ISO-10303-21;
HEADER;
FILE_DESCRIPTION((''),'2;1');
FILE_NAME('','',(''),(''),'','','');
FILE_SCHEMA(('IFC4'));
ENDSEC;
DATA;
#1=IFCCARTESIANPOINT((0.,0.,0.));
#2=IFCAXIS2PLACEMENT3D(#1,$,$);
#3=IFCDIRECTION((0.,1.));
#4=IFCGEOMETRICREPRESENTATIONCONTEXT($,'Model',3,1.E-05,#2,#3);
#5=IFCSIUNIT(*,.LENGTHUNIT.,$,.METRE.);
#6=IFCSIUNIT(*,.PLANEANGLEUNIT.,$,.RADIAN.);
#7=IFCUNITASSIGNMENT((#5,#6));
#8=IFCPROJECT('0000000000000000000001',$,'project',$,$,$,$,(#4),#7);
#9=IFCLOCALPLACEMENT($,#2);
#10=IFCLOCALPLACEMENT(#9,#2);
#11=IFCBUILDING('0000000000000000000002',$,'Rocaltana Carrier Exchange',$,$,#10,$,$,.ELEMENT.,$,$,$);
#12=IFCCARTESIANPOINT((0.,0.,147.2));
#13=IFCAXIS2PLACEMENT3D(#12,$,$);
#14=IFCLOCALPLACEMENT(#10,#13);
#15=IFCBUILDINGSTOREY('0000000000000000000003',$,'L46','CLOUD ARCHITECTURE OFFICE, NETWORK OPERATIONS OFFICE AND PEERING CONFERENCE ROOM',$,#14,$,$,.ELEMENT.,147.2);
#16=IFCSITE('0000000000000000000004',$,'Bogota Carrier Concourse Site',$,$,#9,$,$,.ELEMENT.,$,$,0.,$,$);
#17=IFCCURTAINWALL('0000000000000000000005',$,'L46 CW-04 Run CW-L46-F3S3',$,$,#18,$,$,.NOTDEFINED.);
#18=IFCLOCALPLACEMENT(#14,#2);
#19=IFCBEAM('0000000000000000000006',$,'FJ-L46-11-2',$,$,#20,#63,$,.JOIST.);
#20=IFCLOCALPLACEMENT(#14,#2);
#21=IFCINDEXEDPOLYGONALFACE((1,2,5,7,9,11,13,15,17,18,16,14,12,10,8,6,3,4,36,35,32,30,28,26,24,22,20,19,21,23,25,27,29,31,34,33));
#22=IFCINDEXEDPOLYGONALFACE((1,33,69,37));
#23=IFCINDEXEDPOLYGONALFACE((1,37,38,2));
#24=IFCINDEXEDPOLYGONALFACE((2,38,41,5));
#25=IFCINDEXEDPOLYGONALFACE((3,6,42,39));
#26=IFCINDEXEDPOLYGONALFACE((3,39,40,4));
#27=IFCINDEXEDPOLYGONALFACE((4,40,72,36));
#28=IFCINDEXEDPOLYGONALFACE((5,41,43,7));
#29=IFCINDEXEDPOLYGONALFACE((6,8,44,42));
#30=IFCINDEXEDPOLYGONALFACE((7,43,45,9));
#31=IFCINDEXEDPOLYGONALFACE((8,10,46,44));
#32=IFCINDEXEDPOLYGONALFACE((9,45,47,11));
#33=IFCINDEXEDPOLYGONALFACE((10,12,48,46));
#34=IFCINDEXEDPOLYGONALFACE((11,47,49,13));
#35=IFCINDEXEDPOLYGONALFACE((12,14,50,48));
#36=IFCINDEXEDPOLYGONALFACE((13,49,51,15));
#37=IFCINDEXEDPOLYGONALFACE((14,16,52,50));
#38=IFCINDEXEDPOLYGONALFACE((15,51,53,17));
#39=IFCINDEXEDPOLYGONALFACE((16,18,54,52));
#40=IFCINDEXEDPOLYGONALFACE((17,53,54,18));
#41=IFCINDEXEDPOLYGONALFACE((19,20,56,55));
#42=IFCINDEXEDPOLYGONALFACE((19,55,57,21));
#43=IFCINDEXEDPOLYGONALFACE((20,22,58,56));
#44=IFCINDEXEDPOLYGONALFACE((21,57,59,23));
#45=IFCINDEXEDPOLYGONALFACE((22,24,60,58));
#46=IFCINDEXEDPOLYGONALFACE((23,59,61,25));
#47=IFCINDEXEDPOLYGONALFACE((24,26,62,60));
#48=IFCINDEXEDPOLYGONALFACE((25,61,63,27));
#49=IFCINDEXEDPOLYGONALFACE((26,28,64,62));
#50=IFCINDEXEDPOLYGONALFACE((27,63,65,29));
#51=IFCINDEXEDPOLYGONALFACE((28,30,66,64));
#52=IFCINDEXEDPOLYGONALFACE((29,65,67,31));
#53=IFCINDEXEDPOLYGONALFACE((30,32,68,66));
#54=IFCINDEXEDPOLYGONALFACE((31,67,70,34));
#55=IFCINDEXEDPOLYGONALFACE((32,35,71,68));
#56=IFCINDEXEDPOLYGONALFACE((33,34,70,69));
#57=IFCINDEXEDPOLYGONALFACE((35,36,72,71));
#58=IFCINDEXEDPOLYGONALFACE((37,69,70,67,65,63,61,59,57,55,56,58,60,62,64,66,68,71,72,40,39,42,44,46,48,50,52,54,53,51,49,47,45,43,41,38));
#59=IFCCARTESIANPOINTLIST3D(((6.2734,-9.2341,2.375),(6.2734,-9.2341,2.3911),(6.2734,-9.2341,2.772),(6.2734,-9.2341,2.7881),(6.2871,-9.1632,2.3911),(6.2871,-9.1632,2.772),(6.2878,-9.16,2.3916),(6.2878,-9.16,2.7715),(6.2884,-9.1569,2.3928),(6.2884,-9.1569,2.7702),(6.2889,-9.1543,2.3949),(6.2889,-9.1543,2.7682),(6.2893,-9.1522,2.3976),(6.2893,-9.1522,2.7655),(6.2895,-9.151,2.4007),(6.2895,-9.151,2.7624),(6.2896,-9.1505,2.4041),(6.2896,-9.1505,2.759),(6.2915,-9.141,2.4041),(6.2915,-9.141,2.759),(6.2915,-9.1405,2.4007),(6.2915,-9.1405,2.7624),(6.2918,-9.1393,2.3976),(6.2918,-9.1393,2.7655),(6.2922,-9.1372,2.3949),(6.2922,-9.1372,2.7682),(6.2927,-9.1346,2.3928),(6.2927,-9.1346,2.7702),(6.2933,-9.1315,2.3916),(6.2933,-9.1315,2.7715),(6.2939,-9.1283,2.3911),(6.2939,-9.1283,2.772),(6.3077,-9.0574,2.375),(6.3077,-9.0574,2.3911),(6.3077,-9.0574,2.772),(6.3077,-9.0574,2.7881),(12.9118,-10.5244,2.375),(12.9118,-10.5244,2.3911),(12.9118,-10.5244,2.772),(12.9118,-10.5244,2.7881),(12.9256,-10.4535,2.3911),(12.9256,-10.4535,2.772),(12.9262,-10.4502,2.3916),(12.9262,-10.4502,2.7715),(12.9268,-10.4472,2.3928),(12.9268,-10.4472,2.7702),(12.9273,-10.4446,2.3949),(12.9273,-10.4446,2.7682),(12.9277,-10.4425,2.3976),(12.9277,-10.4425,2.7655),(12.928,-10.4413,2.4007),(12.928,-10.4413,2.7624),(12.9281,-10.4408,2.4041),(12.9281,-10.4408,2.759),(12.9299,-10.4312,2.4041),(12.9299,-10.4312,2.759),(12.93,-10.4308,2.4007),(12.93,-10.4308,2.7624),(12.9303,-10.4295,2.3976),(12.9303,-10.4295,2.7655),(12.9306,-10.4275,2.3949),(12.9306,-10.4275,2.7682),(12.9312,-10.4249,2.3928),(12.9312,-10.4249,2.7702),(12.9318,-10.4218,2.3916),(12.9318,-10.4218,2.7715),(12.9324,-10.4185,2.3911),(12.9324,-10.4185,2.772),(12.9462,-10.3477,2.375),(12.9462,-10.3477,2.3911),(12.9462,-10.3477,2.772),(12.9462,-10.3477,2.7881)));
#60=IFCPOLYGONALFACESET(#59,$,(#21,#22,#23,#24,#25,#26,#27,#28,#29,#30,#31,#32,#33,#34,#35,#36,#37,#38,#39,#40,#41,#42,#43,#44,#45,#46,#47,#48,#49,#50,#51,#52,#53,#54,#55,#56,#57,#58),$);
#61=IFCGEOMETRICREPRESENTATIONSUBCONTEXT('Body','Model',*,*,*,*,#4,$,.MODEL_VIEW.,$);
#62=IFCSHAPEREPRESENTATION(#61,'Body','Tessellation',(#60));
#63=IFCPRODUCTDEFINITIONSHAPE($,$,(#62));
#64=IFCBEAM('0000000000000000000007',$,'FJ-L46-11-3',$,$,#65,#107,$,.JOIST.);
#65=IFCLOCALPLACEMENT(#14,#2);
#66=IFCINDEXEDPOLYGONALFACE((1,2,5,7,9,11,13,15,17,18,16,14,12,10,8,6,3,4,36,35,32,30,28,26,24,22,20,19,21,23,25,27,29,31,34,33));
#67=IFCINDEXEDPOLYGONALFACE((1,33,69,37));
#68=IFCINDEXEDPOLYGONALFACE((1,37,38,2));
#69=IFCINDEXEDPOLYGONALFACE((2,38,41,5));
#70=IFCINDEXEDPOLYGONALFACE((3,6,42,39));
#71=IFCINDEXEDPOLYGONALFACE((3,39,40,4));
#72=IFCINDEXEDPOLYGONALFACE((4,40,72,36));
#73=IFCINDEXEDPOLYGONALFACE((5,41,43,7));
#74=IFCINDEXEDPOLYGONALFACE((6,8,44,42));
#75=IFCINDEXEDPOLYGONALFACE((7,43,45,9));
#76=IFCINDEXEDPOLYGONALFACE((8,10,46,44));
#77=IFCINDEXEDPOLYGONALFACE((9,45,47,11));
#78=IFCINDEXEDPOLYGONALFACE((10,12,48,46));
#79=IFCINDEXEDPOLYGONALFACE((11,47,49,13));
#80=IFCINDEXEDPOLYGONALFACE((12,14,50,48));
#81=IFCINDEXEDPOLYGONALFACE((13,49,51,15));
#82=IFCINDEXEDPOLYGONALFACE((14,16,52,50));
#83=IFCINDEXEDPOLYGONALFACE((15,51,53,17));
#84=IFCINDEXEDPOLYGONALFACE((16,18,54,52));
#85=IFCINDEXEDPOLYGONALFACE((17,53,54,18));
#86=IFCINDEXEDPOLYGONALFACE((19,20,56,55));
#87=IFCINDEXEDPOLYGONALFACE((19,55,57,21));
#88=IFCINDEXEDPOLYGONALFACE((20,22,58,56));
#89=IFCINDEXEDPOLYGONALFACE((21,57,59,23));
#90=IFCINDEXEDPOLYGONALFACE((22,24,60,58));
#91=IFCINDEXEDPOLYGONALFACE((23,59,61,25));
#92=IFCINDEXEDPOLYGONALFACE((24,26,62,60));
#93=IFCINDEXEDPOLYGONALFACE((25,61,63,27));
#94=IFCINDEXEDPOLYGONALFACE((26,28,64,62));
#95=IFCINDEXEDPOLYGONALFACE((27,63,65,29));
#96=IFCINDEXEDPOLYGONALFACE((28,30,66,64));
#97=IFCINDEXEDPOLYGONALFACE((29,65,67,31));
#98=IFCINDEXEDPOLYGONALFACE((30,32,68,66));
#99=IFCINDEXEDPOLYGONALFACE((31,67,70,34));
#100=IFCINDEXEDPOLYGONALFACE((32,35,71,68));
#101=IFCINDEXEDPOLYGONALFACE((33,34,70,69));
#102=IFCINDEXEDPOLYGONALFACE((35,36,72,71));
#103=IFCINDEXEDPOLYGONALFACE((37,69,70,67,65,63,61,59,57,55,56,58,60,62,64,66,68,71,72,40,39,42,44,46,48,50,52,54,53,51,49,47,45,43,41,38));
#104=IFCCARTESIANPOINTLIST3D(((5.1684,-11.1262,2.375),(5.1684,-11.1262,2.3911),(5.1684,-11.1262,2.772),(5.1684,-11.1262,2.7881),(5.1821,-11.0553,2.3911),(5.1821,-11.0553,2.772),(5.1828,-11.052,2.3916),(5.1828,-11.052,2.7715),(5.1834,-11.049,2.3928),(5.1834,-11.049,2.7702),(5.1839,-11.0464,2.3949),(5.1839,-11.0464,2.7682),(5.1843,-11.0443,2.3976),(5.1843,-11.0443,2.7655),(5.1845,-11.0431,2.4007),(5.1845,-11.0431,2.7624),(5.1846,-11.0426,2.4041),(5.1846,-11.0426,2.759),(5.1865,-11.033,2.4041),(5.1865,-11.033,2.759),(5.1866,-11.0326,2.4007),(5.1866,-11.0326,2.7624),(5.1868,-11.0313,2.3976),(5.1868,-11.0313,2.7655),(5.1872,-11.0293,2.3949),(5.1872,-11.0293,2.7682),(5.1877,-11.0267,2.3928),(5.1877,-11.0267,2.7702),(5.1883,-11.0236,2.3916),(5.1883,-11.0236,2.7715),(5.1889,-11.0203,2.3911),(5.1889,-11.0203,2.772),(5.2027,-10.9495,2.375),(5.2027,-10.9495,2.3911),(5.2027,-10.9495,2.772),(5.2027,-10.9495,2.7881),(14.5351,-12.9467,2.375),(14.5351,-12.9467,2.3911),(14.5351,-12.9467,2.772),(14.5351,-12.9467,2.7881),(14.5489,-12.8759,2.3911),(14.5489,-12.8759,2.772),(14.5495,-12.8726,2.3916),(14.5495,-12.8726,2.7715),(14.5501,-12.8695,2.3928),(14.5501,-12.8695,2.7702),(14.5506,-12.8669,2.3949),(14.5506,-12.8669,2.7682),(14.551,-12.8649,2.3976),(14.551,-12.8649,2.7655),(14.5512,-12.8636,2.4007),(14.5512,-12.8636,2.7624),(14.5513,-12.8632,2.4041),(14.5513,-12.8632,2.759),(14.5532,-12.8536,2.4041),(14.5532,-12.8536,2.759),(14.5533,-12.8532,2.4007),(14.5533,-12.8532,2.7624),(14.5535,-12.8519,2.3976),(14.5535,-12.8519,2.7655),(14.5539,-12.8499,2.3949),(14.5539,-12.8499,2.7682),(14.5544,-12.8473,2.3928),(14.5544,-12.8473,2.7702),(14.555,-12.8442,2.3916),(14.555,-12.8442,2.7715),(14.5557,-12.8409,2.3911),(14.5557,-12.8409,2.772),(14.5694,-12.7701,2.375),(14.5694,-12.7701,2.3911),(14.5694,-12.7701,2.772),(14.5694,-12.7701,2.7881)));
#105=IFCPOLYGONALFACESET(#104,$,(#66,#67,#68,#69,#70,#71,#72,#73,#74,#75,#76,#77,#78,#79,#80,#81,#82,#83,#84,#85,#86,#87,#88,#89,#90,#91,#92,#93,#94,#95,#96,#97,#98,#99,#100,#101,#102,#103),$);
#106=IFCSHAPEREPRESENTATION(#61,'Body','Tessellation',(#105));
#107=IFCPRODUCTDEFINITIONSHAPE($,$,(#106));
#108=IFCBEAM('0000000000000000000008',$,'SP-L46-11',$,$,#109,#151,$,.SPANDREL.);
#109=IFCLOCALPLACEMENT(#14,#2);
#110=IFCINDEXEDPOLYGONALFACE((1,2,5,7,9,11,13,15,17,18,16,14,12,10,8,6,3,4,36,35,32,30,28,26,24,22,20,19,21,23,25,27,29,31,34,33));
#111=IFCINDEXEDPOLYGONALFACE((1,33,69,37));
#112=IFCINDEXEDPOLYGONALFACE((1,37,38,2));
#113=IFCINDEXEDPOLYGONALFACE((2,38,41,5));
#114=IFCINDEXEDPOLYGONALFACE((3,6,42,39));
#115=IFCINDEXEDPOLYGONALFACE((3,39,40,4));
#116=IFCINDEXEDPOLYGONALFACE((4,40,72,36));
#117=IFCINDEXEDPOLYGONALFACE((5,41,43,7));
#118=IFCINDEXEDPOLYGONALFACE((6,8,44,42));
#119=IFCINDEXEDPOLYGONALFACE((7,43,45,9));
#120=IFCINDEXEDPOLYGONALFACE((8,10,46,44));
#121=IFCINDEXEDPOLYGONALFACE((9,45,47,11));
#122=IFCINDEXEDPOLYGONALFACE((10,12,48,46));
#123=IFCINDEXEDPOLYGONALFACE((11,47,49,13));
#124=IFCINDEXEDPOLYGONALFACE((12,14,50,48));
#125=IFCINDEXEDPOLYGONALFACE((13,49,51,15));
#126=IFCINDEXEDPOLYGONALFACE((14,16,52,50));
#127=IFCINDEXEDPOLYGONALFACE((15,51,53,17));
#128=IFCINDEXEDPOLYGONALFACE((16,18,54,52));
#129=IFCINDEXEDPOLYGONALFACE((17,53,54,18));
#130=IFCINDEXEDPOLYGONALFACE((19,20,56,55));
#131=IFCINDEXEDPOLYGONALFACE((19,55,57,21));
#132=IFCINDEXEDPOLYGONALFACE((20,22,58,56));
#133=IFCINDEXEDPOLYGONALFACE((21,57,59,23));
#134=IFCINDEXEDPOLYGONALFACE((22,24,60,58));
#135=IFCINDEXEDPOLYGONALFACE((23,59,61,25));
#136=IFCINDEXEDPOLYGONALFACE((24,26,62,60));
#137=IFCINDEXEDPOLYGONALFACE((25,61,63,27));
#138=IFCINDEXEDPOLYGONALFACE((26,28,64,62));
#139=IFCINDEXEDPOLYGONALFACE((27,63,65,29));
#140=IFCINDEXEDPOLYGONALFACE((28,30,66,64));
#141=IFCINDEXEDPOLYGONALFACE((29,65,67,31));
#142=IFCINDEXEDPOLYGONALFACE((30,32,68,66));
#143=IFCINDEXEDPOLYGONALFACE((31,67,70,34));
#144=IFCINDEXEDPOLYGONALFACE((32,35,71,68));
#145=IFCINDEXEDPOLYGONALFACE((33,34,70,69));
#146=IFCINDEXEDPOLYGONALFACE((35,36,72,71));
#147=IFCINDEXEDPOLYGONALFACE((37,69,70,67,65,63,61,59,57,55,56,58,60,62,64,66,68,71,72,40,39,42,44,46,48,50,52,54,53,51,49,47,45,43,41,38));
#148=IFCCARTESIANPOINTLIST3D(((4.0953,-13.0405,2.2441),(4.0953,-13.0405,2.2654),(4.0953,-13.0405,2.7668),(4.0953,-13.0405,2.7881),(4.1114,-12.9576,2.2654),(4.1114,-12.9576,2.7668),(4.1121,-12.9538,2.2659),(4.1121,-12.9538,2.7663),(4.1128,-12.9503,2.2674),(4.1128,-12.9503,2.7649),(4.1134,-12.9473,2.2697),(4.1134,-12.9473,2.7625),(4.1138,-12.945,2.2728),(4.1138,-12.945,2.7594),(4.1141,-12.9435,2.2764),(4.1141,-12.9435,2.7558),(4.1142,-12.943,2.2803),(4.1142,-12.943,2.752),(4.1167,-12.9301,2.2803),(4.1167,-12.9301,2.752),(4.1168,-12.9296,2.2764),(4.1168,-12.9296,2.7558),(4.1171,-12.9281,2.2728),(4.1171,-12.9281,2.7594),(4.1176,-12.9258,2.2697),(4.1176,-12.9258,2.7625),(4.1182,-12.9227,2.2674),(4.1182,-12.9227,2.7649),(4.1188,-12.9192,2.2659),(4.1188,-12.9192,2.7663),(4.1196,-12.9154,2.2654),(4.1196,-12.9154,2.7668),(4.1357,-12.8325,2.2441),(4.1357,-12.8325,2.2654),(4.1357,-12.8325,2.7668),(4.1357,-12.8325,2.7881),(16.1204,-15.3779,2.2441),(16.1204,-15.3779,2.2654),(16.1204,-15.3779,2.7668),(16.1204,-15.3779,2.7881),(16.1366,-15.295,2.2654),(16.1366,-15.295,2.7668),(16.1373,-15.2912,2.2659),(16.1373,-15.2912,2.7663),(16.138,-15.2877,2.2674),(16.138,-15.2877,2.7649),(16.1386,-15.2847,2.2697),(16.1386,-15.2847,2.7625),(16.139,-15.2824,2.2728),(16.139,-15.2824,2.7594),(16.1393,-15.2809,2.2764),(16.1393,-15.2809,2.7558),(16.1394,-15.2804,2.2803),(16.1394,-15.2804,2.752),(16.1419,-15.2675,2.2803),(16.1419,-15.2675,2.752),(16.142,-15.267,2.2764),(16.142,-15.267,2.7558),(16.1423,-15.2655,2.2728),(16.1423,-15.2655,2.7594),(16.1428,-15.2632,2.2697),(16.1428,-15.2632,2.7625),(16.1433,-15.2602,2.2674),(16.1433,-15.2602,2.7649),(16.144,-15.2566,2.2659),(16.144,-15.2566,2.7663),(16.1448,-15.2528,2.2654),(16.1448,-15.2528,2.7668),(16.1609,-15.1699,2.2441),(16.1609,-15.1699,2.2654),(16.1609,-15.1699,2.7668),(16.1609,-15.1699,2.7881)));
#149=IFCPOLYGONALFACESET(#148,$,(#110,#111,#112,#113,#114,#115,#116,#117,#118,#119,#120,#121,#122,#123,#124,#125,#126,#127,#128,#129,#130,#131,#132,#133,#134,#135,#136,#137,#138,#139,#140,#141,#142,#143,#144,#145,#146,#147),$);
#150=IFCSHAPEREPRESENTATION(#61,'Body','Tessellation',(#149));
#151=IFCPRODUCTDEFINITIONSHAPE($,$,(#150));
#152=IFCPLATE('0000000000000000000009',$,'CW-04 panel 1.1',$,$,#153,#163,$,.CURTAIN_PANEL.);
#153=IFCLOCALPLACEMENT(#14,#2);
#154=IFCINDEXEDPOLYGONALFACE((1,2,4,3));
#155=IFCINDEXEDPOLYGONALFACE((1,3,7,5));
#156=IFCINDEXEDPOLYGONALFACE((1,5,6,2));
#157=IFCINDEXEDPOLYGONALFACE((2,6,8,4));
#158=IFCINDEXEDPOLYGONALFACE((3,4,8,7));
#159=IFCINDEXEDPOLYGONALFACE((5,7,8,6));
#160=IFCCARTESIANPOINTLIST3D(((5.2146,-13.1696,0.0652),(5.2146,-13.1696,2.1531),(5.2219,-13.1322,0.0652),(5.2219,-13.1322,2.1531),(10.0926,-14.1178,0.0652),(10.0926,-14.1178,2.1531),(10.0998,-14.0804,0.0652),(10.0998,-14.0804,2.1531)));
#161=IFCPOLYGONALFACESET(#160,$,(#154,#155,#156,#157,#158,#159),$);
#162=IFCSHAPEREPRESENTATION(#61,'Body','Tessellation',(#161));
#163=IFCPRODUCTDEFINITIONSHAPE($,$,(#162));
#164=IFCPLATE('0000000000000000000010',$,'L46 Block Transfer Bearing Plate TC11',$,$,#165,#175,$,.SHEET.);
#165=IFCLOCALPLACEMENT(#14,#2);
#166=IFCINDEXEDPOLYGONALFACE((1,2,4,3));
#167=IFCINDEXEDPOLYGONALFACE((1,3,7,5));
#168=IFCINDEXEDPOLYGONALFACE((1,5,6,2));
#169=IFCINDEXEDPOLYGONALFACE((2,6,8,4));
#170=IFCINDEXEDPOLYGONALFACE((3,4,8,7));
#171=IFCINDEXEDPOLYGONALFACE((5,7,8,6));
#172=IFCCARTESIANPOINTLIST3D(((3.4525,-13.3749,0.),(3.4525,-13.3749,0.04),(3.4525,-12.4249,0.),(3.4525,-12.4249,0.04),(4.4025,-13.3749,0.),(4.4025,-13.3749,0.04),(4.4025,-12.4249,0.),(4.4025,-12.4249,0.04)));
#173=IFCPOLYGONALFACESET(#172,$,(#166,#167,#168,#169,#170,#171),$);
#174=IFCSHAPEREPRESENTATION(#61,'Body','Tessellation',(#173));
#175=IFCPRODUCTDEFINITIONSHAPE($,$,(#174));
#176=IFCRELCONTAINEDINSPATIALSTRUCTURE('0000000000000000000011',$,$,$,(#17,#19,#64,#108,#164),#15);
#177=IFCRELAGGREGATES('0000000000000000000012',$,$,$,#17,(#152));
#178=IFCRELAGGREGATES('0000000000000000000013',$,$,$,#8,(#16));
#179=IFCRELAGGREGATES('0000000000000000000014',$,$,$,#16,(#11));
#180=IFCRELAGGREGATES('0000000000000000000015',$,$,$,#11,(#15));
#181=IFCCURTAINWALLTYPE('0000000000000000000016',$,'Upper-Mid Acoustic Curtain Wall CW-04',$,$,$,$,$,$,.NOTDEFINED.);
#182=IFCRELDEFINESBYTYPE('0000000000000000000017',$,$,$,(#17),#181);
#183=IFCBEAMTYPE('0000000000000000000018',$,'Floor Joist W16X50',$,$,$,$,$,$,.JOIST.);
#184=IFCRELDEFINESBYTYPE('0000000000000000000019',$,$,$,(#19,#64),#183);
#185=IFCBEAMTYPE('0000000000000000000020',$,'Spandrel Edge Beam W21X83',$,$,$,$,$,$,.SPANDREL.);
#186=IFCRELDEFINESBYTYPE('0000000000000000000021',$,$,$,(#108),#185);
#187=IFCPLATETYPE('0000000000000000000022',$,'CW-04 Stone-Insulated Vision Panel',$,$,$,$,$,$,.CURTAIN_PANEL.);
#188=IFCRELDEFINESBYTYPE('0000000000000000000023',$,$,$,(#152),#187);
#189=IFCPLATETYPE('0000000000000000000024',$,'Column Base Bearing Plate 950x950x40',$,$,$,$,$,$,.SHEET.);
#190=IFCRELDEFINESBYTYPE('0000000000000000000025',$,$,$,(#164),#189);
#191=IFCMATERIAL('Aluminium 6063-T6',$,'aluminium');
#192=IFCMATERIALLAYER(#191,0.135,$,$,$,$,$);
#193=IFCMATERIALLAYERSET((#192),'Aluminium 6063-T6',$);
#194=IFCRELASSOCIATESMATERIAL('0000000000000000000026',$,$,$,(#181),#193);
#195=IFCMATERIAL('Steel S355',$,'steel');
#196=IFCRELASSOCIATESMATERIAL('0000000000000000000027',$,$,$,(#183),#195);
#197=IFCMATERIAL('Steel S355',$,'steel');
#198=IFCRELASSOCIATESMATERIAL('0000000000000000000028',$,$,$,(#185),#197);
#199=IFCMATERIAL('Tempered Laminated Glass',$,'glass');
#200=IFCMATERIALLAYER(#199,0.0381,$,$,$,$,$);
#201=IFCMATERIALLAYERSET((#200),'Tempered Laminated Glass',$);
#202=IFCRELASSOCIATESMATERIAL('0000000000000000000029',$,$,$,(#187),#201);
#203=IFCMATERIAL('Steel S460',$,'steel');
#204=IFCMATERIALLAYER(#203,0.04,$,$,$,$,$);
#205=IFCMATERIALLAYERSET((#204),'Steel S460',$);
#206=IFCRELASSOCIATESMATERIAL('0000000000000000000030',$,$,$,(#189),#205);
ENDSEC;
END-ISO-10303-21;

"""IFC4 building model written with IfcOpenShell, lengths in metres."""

from ifc_helpers import new_model, si_unit, direction, frame, origin, origin_2d, place, context, subcontext, project, spatial, rectangle, i_section, extrude, material, layer, layer_set, material_profile, profile_set, type_object, element, aggregate, save


model = new_model("IFC4")

# Units and contexts
model_context = context("Model", 3, precision=1e-05, world=origin(), true_north=direction((0.0, 1.0)))
body_context = subcontext(model_context, "Body", "Model", "MODEL_VIEW")
ifc_project = project(units=[si_unit("LENGTHUNIT", "METRE"), si_unit("PLANEANGLEUNIT", "RADIAN")], contexts=[model_context])

# Site, building, storey
site_placement = place(None, origin())
site = spatial("IfcSite", under=ifc_project, at=site_placement, Name="Bogota Carrier Concourse Site", CompositionType="ELEMENT", RefElevation=0.0)
building_placement = place(site_placement, origin())
building = spatial("IfcBuilding", under=site, at=building_placement, Name="Rocaltana Carrier Exchange", CompositionType="ELEMENT")
storey_placement = place(building_placement, frame((0.0, 0.0, 147.2)))
storey = spatial("IfcBuildingStorey", under=building, at=storey_placement, Name="L46", Description="CLOUD ARCHITECTURE OFFICE, NETWORK OPERATIONS OFFICE AND PEERING CONFERENCE ROOM", CompositionType="ELEMENT", Elevation=147.2)

# Shared definitions
ifc_material_1 = material(Name="Aluminium 6063-T6", Category="aluminium")
ifc_layer_1 = layer(ifc_material_1, 0.135)
ifc_layer_set_1 = layer_set([ifc_layer_1], Name="Aluminium 6063-T6")
curtain_wall_type = type_object("IfcCurtainWallType", Name="Upper-Mid Acoustic Curtain Wall CW-04", PredefinedType="NOTDEFINED", material=ifc_layer_set_1)

# Curtain wall
curtain_wall_1_placement = place(storey_placement, origin())
curtain_wall_1 = element("IfcCurtainWall", 1, at=curtain_wall_1_placement, inside=storey, type_object=curtain_wall_type, Name="L46 CW-04 Run CW-L46-F3S3", PredefinedType="NOTDEFINED")

# Beams
ifc_material_2 = material(Name="Steel S355", Category="steel")
ifc_material_profile_1 = material_profile(ifc_material_2, i_section(OverallWidth=0.1799, OverallDepth=0.4131, WebThickness=0.0098, FlangeThickness=0.0161, FilletRadius=0.0129, at=origin_2d()), Name="W16X50")
ifc_profile_set_1 = profile_set([ifc_material_profile_1], Name="Steel S355")
beam_type_1 = type_object("IfcBeamType", Name="Floor Joist W16X50", PredefinedType="JOIST", material=ifc_profile_set_1)
beam_1_placement = place(storey_placement, frame((6.2905, -9.1458, 2.5815), z_axis=(0.98163, -0.190795, 0.0), x_axis=(0.190795, 0.98163, 0.0)))
element("IfcBeam", 2, at=beam_1_placement, inside=storey, type_object=beam_type_1, Name="FJ-L46-11-2", PredefinedType="JOIST", context=body_context, shape_type="SweptSolid", body=[
    extrude(i_section(OverallWidth=0.1799, OverallDepth=0.4131, WebThickness=0.0098, FlangeThickness=0.0161, FilletRadius=0.0129, at=origin_2d()), origin(), (0.0, 0.0, 1.0), 6.7627),
])
beam_2_placement = place(storey_placement, frame((5.1855, -11.0378, 2.5815), z_axis=(0.98163, -0.190794, 0.0), x_axis=(0.190794, 0.98163, 0.0)))
element("IfcBeam", 3, at=beam_2_placement, inside=storey, type_object=beam_type_1, Name="FJ-L46-11-3", PredefinedType="JOIST", context=body_context, shape_type="SweptSolid", body=[
    extrude(i_section(OverallWidth=0.1799, OverallDepth=0.4131, WebThickness=0.0098, FlangeThickness=0.0161, FilletRadius=0.0129, at=origin_2d()), origin(), (0.0, 0.0, 1.0), 9.542),
])
ifc_material_3 = material(Name="Steel S355", Category="steel")
ifc_material_profile_2 = material_profile(ifc_material_3, i_section(OverallWidth=0.2119, OverallDepth=0.5439, WebThickness=0.0132, FlangeThickness=0.0212, FilletRadius=0.0149, at=origin_2d()), Name="W21X83")
ifc_profile_set_2 = profile_set([ifc_material_profile_2], Name="Steel S355")
beam_type_2 = type_object("IfcBeamType", Name="Spandrel Edge Beam W21X83", PredefinedType="SPANDREL", material=ifc_profile_set_2)
beam_3_placement = place(storey_placement, frame((4.1155, -12.9365, 2.5161), z_axis=(0.981628, -0.190805, 0.0), x_axis=(0.190805, 0.981628, 0.0)))
element("IfcBeam", 4, at=beam_3_placement, inside=storey, type_object=beam_type_2, Name="SP-L46-11", PredefinedType="SPANDREL", context=body_context, shape_type="SweptSolid", body=[
    extrude(i_section(OverallWidth=0.2119, OverallDepth=0.5439, WebThickness=0.0132, FlangeThickness=0.0212, FilletRadius=0.0149, at=origin_2d()), origin(), (0.0, 0.0, 1.0), 12.2502),
])

# Plates
ifc_material_4 = material(Name="Tempered Laminated Glass", Category="glass")
ifc_layer_2 = layer(ifc_material_4, 0.0381)
ifc_layer_set_2 = layer_set([ifc_layer_2], Name="Tempered Laminated Glass")
plate_type_1 = type_object("IfcPlateType", Name="CW-04 Stone-Insulated Vision Panel", PredefinedType="CURTAIN_PANEL", material=ifc_layer_set_2)
plate_1_placement = place(storey_placement, frame((7.6572, -13.625, 0.0652), z_axis=(0.0, 0.0, 1.0), x_axis=(0.981628, -0.190805, 0.0)))
plate_1 = element("IfcPlate", 5, at=plate_1_placement, type_object=plate_type_1, Name="CW-04 panel 1.1", PredefinedType="CURTAIN_PANEL", context=body_context, shape_type="SweptSolid", body=[
    extrude(rectangle(XDim=4.9692, YDim=0.0381, at=origin_2d()), origin(), (0.0, 0.0, 1.0), 2.0879),
])
aggregate(curtain_wall_1, [plate_1])
ifc_material_5 = material(Name="Steel S460", Category="steel")
ifc_layer_3 = layer(ifc_material_5, 0.04)
ifc_layer_set_3 = layer_set([ifc_layer_3], Name="Steel S460")
plate_type_2 = type_object("IfcPlateType", Name="Column Base Bearing Plate 950x950x40", PredefinedType="SHEET", material=ifc_layer_set_3)
plate_2_placement = place(storey_placement, frame((3.9275, -12.8999, 0.0), z_axis=(0.0, 0.0, 1.0), x_axis=(1.0, 0.0, 0.0)))
element("IfcPlate", 6, at=plate_2_placement, inside=storey, type_object=plate_type_2, Name="L46 Block Transfer Bearing Plate TC11", PredefinedType="SHEET", context=body_context, shape_type="SweptSolid", body=[
    extrude(rectangle(XDim=0.95, YDim=0.95, at=origin_2d()), origin(), (0.0, 0.0, 1.0), 0.04),
])

save(model, "model.ifc")
